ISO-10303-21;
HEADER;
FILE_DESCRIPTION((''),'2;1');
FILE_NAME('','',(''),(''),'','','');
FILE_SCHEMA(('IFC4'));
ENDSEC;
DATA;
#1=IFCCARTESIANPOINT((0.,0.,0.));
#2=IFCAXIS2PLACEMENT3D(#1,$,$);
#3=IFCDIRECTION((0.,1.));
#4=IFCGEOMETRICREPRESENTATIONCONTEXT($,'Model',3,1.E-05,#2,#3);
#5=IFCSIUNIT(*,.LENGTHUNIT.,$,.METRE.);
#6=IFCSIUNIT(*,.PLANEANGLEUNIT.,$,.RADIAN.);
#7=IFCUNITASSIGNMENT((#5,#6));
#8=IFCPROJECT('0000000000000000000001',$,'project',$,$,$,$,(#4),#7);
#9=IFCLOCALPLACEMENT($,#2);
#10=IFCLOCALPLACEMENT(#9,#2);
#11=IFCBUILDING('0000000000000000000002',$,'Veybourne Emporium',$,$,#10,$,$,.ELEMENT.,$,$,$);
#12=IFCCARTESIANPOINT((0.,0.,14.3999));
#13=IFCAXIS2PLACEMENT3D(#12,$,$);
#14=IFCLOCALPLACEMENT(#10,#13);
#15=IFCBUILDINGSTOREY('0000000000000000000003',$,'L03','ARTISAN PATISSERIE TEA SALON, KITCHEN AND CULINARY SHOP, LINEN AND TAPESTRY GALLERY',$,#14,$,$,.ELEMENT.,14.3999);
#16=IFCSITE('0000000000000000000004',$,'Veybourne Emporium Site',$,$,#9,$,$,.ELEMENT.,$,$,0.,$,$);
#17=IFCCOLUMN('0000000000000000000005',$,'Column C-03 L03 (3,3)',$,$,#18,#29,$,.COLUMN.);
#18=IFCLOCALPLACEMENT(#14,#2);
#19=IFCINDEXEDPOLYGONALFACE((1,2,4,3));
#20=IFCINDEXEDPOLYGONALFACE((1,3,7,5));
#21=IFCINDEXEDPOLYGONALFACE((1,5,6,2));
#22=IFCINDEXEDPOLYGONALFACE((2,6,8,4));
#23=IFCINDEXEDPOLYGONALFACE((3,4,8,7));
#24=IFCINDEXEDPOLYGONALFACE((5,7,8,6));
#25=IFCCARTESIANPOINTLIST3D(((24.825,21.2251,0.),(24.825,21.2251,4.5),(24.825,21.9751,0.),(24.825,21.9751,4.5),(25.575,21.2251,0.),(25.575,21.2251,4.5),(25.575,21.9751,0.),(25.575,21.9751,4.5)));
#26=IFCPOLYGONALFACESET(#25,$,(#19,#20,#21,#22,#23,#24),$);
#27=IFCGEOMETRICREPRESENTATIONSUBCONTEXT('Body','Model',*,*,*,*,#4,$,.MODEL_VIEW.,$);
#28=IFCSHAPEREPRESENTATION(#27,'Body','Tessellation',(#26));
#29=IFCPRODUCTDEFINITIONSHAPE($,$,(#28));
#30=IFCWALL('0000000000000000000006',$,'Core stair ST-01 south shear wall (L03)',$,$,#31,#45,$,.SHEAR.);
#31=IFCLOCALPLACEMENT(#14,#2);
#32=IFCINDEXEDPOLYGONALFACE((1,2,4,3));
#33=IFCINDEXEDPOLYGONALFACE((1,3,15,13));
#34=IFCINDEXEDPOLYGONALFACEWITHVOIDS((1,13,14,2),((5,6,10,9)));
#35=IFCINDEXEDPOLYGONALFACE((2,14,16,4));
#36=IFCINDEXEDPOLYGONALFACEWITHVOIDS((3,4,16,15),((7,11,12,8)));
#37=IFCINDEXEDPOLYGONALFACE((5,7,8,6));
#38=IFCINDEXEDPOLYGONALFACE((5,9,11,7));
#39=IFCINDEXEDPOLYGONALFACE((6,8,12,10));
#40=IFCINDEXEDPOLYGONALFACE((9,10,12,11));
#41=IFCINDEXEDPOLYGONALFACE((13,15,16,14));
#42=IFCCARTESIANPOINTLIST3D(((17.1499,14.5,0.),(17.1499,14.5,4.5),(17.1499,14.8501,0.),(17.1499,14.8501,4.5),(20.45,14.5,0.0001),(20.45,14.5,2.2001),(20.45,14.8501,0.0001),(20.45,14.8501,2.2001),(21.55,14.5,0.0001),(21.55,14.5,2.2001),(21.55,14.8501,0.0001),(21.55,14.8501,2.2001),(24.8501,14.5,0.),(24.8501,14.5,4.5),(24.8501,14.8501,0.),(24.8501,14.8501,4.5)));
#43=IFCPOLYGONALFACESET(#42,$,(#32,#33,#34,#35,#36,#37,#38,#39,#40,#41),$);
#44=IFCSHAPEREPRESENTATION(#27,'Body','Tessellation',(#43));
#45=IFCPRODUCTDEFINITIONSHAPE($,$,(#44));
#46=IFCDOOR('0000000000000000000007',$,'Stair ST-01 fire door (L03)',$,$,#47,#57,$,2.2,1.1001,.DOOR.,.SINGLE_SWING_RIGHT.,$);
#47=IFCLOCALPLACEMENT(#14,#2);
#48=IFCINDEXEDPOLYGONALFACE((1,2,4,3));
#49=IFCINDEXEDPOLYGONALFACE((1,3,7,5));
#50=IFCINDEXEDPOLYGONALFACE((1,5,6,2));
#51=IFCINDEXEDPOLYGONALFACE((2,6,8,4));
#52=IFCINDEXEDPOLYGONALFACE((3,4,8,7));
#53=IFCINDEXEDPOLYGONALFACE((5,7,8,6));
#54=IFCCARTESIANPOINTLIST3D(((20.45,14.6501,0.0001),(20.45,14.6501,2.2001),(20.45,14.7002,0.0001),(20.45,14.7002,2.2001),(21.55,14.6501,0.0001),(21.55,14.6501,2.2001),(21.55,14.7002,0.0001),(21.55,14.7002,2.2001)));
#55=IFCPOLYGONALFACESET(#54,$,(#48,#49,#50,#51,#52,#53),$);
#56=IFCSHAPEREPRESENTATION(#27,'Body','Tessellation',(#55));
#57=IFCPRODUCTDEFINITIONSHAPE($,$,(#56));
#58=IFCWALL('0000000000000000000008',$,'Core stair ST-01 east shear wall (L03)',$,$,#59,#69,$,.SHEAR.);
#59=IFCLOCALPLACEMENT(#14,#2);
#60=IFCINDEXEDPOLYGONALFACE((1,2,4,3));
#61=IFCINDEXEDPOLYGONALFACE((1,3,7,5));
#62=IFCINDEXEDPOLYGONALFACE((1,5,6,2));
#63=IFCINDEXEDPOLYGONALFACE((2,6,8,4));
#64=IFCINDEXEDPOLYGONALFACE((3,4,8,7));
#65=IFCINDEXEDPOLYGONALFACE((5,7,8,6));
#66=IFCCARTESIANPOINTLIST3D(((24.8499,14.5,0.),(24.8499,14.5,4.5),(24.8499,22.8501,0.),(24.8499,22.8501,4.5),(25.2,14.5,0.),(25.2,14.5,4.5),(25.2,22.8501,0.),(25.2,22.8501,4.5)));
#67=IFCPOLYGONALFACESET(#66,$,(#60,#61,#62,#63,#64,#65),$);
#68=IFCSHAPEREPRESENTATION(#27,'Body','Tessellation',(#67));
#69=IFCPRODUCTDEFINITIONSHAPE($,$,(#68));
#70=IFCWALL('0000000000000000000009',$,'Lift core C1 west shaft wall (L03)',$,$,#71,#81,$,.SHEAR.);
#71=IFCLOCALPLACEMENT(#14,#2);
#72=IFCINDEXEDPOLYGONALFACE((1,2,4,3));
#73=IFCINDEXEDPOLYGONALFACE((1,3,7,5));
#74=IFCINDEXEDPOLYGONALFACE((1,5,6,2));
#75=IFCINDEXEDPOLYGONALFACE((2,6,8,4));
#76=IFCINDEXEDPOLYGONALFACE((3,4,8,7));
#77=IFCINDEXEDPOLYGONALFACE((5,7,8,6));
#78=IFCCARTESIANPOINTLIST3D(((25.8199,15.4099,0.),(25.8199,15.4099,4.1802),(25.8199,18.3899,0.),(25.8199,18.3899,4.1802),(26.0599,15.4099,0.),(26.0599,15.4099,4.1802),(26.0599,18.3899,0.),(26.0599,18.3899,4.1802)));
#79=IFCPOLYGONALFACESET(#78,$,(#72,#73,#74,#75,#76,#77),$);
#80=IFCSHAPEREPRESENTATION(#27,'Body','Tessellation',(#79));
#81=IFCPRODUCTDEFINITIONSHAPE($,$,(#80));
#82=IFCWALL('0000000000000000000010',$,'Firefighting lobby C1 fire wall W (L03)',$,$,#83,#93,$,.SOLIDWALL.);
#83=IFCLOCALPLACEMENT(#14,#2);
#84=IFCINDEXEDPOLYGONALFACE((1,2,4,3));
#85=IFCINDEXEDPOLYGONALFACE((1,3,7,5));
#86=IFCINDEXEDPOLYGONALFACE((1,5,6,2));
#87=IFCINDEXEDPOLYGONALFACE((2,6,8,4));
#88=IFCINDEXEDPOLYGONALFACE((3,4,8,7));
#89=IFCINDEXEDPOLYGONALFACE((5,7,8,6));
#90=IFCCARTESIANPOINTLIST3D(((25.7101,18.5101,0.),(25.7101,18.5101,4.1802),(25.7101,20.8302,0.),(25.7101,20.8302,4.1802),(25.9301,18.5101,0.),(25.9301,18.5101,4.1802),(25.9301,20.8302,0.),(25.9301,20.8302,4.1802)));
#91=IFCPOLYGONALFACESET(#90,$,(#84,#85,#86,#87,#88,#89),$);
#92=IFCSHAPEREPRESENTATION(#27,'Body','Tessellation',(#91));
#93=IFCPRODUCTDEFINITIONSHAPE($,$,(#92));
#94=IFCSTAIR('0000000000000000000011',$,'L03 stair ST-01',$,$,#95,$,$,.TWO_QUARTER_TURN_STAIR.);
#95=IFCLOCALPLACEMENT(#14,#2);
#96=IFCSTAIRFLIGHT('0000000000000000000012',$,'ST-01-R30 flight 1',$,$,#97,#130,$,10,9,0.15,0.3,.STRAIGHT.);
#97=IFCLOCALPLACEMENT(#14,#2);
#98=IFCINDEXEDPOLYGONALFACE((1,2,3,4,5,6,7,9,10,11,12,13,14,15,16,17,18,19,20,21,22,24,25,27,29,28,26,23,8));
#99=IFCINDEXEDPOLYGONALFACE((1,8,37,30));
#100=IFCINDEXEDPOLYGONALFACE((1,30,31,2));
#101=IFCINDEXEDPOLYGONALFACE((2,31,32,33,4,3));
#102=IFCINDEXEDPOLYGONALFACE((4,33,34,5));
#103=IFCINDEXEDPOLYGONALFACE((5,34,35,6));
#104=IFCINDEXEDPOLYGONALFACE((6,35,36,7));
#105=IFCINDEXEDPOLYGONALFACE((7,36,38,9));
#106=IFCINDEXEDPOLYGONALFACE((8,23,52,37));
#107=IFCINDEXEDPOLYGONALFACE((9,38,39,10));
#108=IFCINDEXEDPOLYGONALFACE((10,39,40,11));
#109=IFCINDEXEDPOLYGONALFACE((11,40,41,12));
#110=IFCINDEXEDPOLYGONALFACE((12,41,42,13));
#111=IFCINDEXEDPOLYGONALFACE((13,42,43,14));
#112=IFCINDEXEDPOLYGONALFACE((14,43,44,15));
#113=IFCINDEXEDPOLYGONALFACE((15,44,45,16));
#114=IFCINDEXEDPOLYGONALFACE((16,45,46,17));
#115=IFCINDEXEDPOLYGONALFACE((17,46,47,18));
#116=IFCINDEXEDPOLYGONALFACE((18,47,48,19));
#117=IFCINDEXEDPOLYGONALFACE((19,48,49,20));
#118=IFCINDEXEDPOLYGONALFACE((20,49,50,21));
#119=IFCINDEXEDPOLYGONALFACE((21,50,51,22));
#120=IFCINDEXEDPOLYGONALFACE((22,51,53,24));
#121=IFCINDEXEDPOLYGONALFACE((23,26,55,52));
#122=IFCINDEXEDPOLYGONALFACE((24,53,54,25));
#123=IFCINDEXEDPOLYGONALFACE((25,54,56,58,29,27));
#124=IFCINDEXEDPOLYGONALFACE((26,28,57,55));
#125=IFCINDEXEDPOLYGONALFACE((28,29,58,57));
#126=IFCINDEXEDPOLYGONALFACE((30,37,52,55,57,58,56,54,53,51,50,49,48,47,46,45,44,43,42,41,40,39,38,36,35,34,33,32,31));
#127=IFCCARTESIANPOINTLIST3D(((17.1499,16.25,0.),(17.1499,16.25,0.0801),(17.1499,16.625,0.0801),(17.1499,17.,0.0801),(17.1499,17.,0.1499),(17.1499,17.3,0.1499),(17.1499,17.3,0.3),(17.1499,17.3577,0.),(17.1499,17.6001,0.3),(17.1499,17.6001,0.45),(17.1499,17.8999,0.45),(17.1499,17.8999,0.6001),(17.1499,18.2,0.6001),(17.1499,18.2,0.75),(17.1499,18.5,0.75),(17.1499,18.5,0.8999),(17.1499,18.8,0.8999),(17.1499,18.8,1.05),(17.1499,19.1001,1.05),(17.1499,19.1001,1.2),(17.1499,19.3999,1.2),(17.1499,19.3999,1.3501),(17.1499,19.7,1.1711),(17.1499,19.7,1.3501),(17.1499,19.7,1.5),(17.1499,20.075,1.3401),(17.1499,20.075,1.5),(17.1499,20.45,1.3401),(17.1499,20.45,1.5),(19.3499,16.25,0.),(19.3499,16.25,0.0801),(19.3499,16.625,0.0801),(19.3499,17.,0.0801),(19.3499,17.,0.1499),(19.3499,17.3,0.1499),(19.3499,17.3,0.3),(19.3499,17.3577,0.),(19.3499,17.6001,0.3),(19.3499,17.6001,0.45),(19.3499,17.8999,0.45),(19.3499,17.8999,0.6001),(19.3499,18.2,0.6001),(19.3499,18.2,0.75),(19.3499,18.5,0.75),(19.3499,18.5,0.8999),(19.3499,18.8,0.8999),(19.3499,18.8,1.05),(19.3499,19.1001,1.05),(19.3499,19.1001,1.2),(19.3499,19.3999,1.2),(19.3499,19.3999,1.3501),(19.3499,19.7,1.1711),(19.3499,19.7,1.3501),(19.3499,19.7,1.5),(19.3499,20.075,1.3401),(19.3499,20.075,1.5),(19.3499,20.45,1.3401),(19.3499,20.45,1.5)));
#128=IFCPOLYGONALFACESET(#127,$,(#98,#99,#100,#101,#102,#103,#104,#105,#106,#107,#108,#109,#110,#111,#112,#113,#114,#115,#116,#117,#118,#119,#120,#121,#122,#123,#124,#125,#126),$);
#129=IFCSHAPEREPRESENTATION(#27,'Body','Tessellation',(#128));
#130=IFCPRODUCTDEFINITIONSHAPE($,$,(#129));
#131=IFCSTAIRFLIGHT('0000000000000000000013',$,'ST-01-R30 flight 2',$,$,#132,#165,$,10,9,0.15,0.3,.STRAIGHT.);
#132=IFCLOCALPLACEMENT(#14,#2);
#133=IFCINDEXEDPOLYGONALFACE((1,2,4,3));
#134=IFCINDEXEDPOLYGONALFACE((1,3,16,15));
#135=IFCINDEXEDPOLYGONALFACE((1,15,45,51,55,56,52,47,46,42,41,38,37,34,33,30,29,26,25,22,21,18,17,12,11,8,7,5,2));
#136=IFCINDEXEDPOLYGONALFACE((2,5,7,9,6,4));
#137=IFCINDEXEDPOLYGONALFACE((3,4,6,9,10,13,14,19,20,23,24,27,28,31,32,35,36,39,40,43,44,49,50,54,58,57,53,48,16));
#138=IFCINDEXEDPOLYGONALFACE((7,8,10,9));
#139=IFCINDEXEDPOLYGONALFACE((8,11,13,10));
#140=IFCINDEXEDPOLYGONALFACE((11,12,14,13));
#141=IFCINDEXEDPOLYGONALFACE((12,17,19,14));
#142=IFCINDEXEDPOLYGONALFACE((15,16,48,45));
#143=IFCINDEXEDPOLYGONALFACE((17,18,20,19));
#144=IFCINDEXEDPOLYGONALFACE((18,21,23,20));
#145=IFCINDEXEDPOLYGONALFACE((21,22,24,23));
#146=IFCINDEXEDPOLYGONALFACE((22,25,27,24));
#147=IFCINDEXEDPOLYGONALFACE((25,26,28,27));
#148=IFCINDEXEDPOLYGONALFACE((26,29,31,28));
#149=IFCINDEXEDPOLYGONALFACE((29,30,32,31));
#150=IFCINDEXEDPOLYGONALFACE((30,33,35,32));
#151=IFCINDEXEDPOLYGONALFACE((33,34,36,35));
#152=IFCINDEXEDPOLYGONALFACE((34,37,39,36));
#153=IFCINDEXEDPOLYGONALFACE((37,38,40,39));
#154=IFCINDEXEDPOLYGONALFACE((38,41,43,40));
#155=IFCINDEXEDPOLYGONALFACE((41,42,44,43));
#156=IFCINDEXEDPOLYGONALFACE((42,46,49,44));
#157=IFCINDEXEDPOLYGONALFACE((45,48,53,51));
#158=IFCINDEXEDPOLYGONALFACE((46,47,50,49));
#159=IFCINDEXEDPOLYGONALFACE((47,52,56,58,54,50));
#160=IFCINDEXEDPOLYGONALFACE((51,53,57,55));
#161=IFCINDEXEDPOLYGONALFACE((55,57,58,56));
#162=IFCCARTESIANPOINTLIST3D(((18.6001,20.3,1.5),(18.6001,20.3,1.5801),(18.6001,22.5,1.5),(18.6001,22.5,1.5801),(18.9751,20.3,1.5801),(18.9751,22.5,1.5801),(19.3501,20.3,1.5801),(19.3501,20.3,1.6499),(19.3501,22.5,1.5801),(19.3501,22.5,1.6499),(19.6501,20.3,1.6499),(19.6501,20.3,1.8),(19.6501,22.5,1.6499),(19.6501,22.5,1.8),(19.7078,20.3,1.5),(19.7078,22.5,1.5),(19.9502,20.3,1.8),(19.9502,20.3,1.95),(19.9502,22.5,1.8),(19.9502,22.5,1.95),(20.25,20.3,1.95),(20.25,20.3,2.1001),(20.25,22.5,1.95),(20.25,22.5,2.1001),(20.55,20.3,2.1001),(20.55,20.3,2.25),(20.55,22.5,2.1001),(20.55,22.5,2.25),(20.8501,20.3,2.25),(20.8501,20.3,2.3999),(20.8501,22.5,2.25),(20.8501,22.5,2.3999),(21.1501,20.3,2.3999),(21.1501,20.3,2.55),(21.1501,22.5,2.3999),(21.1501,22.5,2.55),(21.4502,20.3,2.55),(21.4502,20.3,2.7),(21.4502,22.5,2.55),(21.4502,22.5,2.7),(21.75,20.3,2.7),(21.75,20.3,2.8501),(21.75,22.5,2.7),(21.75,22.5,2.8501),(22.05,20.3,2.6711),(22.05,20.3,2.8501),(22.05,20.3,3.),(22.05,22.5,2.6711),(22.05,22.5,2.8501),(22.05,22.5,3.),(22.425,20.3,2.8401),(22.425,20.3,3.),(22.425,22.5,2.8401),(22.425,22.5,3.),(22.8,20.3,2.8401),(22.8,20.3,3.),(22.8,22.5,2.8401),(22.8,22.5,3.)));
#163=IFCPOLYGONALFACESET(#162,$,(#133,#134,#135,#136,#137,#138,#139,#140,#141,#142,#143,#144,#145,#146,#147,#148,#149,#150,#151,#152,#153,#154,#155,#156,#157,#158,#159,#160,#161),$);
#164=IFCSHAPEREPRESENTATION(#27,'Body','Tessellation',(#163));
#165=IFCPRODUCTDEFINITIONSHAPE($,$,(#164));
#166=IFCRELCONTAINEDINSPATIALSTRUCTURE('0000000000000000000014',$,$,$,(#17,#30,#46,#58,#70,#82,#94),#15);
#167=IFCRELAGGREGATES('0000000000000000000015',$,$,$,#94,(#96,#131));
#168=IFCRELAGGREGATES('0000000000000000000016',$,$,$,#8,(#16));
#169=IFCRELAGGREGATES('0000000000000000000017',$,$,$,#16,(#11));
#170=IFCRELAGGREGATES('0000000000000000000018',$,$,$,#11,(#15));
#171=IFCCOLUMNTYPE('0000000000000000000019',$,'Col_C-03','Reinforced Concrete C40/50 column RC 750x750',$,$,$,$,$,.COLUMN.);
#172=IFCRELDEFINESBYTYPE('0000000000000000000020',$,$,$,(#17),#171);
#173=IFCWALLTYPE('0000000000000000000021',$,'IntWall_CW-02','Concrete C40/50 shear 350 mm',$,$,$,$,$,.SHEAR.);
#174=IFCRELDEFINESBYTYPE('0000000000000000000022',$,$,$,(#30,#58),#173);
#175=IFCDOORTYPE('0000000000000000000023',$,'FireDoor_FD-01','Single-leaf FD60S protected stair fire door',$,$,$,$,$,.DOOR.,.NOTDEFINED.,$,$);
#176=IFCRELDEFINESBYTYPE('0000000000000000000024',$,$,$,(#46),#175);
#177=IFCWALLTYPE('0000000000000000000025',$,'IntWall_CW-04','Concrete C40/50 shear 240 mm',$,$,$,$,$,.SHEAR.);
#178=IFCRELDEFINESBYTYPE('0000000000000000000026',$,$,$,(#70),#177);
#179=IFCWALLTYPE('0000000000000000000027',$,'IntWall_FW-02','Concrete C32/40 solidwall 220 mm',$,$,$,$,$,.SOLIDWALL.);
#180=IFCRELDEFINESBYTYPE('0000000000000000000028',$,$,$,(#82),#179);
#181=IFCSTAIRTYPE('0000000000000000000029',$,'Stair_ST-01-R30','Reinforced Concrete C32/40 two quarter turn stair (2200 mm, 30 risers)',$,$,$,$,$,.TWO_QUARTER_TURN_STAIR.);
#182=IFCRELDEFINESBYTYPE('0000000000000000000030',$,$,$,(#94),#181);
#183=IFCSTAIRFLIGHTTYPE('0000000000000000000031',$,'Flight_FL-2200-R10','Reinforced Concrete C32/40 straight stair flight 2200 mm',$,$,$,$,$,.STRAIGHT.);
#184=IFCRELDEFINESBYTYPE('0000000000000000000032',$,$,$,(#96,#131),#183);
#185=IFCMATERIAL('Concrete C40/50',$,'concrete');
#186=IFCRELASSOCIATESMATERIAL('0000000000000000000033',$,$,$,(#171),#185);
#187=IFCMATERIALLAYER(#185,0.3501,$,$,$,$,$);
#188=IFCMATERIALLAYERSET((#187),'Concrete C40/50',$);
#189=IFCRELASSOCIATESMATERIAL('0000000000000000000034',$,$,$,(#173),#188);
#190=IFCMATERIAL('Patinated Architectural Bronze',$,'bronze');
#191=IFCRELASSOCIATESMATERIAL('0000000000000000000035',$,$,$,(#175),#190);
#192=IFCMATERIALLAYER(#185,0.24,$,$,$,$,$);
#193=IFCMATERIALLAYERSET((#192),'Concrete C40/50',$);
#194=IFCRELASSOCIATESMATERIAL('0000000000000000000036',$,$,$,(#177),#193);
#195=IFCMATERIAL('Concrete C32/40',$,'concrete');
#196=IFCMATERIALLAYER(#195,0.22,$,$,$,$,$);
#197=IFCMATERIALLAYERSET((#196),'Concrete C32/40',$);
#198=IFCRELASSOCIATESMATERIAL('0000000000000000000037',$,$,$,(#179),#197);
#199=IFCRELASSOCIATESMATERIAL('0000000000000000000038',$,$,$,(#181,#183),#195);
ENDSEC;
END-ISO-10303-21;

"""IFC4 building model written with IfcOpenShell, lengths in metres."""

from ifc_helpers import new_model, si_unit, direction, frame, frame_2d, origin, origin_2d, place, context, subcontext, project, spatial, polyline, rectangle, outline, extrude, material, layer, layer_set, material_profile, profile_set, type_object, element, fill, aggregate, save


model = new_model("IFC4")

# Units and contexts
model_context = context("Model", 3, precision=1e-05, world=origin(), true_north=direction((0.0, 1.0)))
body_context = subcontext(model_context, "Body", "Model", "MODEL_VIEW")
ifc_project = project(units=[si_unit("LENGTHUNIT", "METRE"), si_unit("PLANEANGLEUNIT", "RADIAN")], contexts=[model_context])

# Site, building, storey
site_placement = place(None, origin())
site = spatial("IfcSite", under=ifc_project, at=site_placement, Name="Veybourne Emporium Site", CompositionType="ELEMENT", RefElevation=0.0)
building_placement = place(site_placement, origin())
building = spatial("IfcBuilding", under=site, at=building_placement, Name="Veybourne Emporium", CompositionType="ELEMENT")
storey_placement = place(building_placement, frame((0.0, 0.0, 14.3999)))
storey = spatial("IfcBuildingStorey", under=building, at=storey_placement, Name="L03", Description="ARTISAN PATISSERIE TEA SALON, KITCHEN AND CULINARY SHOP, LINEN AND TAPESTRY GALLERY", CompositionType="ELEMENT", Elevation=14.3999)

# Column
ifc_material_1 = material(Name="Concrete C40/50", Category="concrete")
ifc_material_profile = material_profile(ifc_material_1, rectangle(XDim=0.75, YDim=0.75, at=origin_2d()), Name="RC 750x750")
ifc_profile_set = profile_set([ifc_material_profile], Name="Concrete C40/50")
column_type = type_object("IfcColumnType", Name="Col_C-03", Description="Reinforced Concrete C40/50 column RC 750x750", PredefinedType="COLUMN", material=ifc_profile_set)
column_placement = place(storey_placement, frame((25.2, 21.6001, 0.0), z_axis=(0.0, 0.0, 1.0), x_axis=(1.0, 0.0, 0.0)))
element("IfcColumn", 1, at=column_placement, inside=storey, type_object=column_type, Name="Column C-03 L03 (3,3)", PredefinedType="COLUMN", context=body_context, shape_type="SweptSolid", body=[
    extrude(rectangle(XDim=0.75, YDim=0.75, at=origin_2d()), origin(), (0.0, 0.0, 1.0), 4.5),
])

# Wall, opening, door
ifc_layer_1 = layer(ifc_material_1, 0.3501)
ifc_layer_set_1 = layer_set([ifc_layer_1], Name="Concrete C40/50")
wall_type_1 = type_object("IfcWallType", Name="IntWall_CW-02", Description="Concrete C40/50 shear 350 mm", PredefinedType="SHEAR", material=ifc_layer_set_1)
wall_1_placement = place(storey_placement, frame((24.8501, 14.675, 0.0), z_axis=(0.0, 0.0, 1.0), x_axis=(-1.0, 0.0, 0.0)))
wall_1 = element("IfcWall", 2, at=wall_1_placement, inside=storey, type_object=wall_type_1, Name="Core stair ST-01 south shear wall (L03)", PredefinedType="SHEAR", context=body_context, shape_type="SweptSolid", body=[
    extrude(rectangle(XDim=7.7002, YDim=0.3501, at=frame_2d((3.8501, 0.0))), origin(), (0.0, 0.0, 1.0), 4.5),
])
opening_1_placement = place(wall_1_placement, frame((3.3, 0.0, 0.0)))
opening_1 = element("IfcOpeningElement", 3, at=opening_1_placement, cuts=wall_1, PredefinedType="OPENING", context=body_context, shape_type="SweptSolid", body=[
    extrude(rectangle(XDim=1.1001, YDim=2.2, at=frame_2d((0.55, 1.1001))), frame((0.0, 0.1951, 0.0), z_axis=(0.0, -1.0, 0.0), x_axis=(1.0, 0.0, 0.0)), (0.0, 0.0, 1.0), 0.3901),
])
ifc_material_2 = material(Name="Patinated Architectural Bronze", Category="bronze")
door_type_1 = type_object("IfcDoorType", Name="FireDoor_FD-01", Description="Single-leaf FD60S protected stair fire door", OperationType="NOTDEFINED", PredefinedType="DOOR", material=ifc_material_2)
door_1_placement = place(opening_1_placement, origin())
door_1 = element("IfcDoor", 4, at=door_1_placement, inside=storey, type_object=door_type_1, Name="Stair ST-01 fire door (L03)", OperationType="SINGLE_SWING_RIGHT", OverallHeight=2.2, OverallWidth=1.1001, PredefinedType="DOOR", context=body_context, shape_type="SweptSolid", body=[
    extrude(rectangle(XDim=1.1001, YDim=2.2, at=frame_2d((0.55, 1.1001))), frame((0.0, 0.0249, 0.0), z_axis=(0.0, -1.0, 0.0), x_axis=(1.0, 0.0, 0.0)), (0.0, 0.0, 1.0), 0.05),
])
fill(opening_1, door_1)

# Walls
wall_2_placement = place(storey_placement, frame((25.0249, 14.5, 0.0), z_axis=(0.0, 0.0, 1.0), x_axis=(0.0, 1.0, 0.0)))
element("IfcWall", 5, at=wall_2_placement, inside=storey, type_object=wall_type_1, Name="Core stair ST-01 east shear wall (L03)", PredefinedType="SHEAR", context=body_context, shape_type="SweptSolid", body=[
    extrude(rectangle(XDim=8.3501, YDim=0.3501, at=frame_2d((4.175, 0.0))), origin(), (0.0, 0.0, 1.0), 4.5),
])
ifc_layer_2 = layer(ifc_material_1, 0.24)
ifc_layer_set_2 = layer_set([ifc_layer_2], Name="Concrete C40/50")
wall_type_2 = type_object("IfcWallType", Name="IntWall_CW-04", Description="Concrete C40/50 shear 240 mm", PredefinedType="SHEAR", material=ifc_layer_set_2)
wall_3_placement = place(storey_placement, frame((25.9399, 18.3899, 0.0), z_axis=(0.0, 0.0, 1.0), x_axis=(0.0, -1.0, 0.0)))
element("IfcWall", 6, at=wall_3_placement, inside=storey, type_object=wall_type_2, Name="Lift core C1 west shaft wall (L03)", PredefinedType="SHEAR", context=body_context, shape_type="SweptSolid", body=[
    extrude(rectangle(XDim=2.98, YDim=0.24, at=frame_2d((1.49, 0.0))), origin(), (0.0, 0.0, 1.0), 4.1802),
])

# Shared definitions
ifc_material_3 = material(Name="Concrete C32/40", Category="concrete")
ifc_layer_3 = layer(ifc_material_3, 0.22)
ifc_layer_set_3 = layer_set([ifc_layer_3], Name="Concrete C32/40")
wall_type_3 = type_object("IfcWallType", Name="IntWall_FW-02", Description="Concrete C32/40 solidwall 220 mm", PredefinedType="SOLIDWALL", material=ifc_layer_set_3)

# Wall
wall_4_placement = place(storey_placement, frame((25.8201, 18.51, 0.0), z_axis=(0.0, 0.0, 1.0), x_axis=(0.0, 1.0, 0.0)))
element("IfcWall", 7, at=wall_4_placement, inside=storey, type_object=wall_type_3, Name="Firefighting lobby C1 fire wall W (L03)", PredefinedType="SOLIDWALL", context=body_context, shape_type="SweptSolid", body=[
    extrude(rectangle(XDim=2.3201, YDim=0.22, at=frame_2d((1.1602, 0.0))), origin(), (0.0, 0.0, 1.0), 4.1802),
])

# Stair, stair flights
stair_type = type_object("IfcStairType", Name="Stair_ST-01-R30", Description="Reinforced Concrete C32/40 two quarter turn stair (2200 mm, 30 risers)", PredefinedType="TWO_QUARTER_TURN_STAIR", material=ifc_material_3)
stair_placement = place(storey_placement, origin())
stair = element("IfcStair", 8, at=stair_placement, inside=storey, type_object=stair_type, Name="L03 stair ST-01", PredefinedType="TWO_QUARTER_TURN_STAIR")
stair_flight_type = type_object("IfcStairFlightType", Name="Flight_FL-2200-R10", Description="Reinforced Concrete C32/40 straight stair flight 2200 mm", PredefinedType="STRAIGHT", material=ifc_material_3)
stair_flight_1_placement = place(storey_placement, frame((18.25, 17.0, 0.0), z_axis=(0.0, 0.0, 1.0), x_axis=(0.0, 1.0, 0.0)))
stair_flight_1 = element("IfcStairFlight", 9, at=stair_flight_1_placement, type_object=stair_flight_type, Name="ST-01-R30 flight 1", NumberOfRisers=10, NumberOfTreads=9, PredefinedType="STRAIGHT", RiserHeight=0.15, TreadLength=0.3, context=body_context, shape_type="SweptSolid", body=[
    extrude(outline(polyline([(-0.75, 0.0), (-0.75, 0.0801), (-0.375, 0.0801), (0.0, 0.0801), (0.0, 0.1499), (0.3, 0.1499), (0.3, 0.3), (0.6001, 0.3), (0.6001, 0.45), (0.8999, 0.45), (0.8999, 0.6001), (1.2, 0.6001), (1.2, 0.75), (1.5, 0.75), (1.5, 0.8999), (1.8, 0.8999), (1.8, 1.05), (2.1001, 1.05), (2.1001, 1.2), (2.3999, 1.2), (2.3999, 1.3501), (2.7, 1.3501), (2.7, 1.5), (3.075, 1.5), (3.45, 1.5), (3.45, 1.3401), (3.075, 1.3401), (2.7, 1.1711), (0.3577, 0.0), (-0.75, 0.0)])), frame((0.0, 1.1001, 0.0), z_axis=(0.0, -1.0, 0.0), x_axis=(1.0, 0.0, 0.0)), (0.0, 0.0, 1.0), 2.2),
])
stair_flight_2_placement = place(storey_placement, frame((19.3501, 21.3999, 1.5), z_axis=(0.0, 0.0, 1.0), x_axis=(1.0, 0.0, 0.0)))
stair_flight_2 = element("IfcStairFlight", 10, at=stair_flight_2_placement, type_object=stair_flight_type, Name="ST-01-R30 flight 2", NumberOfRisers=10, NumberOfTreads=9, PredefinedType="STRAIGHT", RiserHeight=0.15, TreadLength=0.3, context=body_context, shape_type="SweptSolid", body=[
    extrude(outline(polyline([(-0.75, 0.0), (-0.75, 0.0801), (-0.375, 0.0801), (0.0, 0.0801), (0.0, 0.1499), (0.3, 0.1499), (0.3, 0.3), (0.6001, 0.3), (0.6001, 0.45), (0.8999, 0.45), (0.8999, 0.6001), (1.2, 0.6001), (1.2, 0.75), (1.5, 0.75), (1.5, 0.8999), (1.8, 0.8999), (1.8, 1.05), (2.1001, 1.05), (2.1001, 1.2), (2.3999, 1.2), (2.3999, 1.3501), (2.7, 1.3501), (2.7, 1.5), (3.075, 1.5), (3.45, 1.5), (3.45, 1.3401), (3.075, 1.3401), (2.7, 1.1711), (0.3577, 0.0), (-0.75, 0.0)])), frame((0.0, 1.1001, 0.0), z_axis=(0.0, -1.0, 0.0), x_axis=(1.0, 0.0, 0.0)), (0.0, 0.0, 1.0), 2.2),
])
aggregate(stair, [stair_flight_1, stair_flight_2])

save(model, "model.ifc")
